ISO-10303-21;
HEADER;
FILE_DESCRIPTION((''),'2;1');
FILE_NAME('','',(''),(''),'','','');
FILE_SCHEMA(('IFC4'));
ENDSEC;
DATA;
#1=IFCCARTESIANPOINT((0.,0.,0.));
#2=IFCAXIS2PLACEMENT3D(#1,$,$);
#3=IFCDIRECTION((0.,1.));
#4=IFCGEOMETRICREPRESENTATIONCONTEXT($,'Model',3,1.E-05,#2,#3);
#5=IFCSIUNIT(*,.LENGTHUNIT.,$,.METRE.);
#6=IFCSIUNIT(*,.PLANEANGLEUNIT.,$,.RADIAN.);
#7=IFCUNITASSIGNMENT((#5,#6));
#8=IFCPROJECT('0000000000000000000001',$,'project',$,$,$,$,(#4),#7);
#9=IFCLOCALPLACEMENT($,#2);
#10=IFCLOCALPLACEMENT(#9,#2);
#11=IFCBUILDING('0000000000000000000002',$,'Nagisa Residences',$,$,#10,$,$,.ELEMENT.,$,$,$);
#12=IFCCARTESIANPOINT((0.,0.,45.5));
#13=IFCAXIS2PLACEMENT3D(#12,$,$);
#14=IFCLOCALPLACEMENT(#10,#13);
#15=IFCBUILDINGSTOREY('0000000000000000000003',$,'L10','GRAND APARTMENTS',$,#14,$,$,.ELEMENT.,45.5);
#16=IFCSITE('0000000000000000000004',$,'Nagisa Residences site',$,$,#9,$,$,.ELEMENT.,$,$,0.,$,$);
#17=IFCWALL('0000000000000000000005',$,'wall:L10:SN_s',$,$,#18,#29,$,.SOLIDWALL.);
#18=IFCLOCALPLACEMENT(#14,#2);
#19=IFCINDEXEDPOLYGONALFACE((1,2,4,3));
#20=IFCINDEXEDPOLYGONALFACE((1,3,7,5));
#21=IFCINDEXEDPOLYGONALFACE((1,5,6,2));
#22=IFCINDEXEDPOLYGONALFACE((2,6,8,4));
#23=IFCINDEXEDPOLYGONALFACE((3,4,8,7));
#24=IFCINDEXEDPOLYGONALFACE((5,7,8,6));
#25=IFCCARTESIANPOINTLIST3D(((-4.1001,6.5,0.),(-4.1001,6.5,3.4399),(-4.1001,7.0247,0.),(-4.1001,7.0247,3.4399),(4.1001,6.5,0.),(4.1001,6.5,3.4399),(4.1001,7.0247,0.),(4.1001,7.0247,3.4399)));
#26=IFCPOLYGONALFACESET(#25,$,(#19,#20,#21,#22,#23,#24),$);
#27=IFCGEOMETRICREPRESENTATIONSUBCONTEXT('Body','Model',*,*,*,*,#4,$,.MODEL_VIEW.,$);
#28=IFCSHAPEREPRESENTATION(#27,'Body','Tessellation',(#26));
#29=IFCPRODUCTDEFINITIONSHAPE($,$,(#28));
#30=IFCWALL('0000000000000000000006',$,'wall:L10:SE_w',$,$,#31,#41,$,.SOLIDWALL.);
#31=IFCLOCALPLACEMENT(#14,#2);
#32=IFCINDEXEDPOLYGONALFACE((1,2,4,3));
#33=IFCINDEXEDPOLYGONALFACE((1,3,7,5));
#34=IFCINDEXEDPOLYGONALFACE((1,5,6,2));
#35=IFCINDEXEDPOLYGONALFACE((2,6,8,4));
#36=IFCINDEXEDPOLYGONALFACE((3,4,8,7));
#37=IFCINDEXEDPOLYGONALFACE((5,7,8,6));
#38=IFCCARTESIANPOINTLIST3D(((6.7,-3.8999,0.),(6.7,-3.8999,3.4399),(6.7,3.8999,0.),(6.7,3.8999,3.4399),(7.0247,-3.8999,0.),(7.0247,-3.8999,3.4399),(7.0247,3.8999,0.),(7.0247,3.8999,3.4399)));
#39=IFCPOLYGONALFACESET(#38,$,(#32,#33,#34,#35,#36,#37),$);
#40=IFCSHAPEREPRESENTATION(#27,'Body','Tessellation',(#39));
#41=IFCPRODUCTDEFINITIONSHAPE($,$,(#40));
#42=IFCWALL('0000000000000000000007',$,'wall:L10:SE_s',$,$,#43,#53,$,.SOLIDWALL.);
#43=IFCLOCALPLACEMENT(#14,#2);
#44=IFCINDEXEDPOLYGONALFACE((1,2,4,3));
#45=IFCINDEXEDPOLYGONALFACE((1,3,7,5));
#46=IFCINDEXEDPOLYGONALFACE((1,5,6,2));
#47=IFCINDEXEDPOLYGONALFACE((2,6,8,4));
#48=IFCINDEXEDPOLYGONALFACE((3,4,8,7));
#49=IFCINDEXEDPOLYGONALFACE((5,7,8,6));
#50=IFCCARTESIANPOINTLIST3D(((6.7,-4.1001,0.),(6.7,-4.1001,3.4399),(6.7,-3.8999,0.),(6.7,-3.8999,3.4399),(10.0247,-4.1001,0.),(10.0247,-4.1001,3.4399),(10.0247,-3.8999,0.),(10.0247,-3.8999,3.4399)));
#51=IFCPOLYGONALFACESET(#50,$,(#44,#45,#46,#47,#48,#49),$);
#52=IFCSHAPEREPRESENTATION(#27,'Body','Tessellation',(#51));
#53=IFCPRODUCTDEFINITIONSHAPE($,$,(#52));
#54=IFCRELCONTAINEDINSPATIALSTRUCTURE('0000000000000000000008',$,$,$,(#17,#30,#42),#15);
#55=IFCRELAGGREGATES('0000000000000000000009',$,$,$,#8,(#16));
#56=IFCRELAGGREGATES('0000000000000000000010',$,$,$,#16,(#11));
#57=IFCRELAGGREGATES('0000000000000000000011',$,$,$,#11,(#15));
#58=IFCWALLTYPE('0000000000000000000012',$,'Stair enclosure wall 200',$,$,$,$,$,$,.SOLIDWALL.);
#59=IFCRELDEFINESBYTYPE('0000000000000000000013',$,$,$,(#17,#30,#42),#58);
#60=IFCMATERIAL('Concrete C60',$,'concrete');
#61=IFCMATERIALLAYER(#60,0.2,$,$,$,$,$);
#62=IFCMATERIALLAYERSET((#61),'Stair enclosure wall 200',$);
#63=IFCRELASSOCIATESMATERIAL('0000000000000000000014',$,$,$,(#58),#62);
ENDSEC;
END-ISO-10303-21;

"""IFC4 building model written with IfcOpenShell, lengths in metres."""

from ifc_helpers import new_model, si_unit, direction, frame, origin, place, context, subcontext, project, spatial, polyline, outline, extrude, material, layer, layer_set, type_object, element, save


model = new_model("IFC4")

# Units and contexts
model_context = context("Model", 3, precision=1e-05, world=origin(), true_north=direction((0.0, 1.0)))
body_context = subcontext(model_context, "Body", "Model", "MODEL_VIEW")
ifc_project = project(units=[si_unit("LENGTHUNIT", "METRE"), si_unit("PLANEANGLEUNIT", "RADIAN")], contexts=[model_context])

# Site, building, storey
site_placement = place(None, origin())
site = spatial("IfcSite", under=ifc_project, at=site_placement, Name="Nagisa Residences site", CompositionType="ELEMENT", RefElevation=0.0)
building_placement = place(site_placement, origin())
building = spatial("IfcBuilding", under=site, at=building_placement, Name="Nagisa Residences", CompositionType="ELEMENT")
storey_placement = place(building_placement, frame((0.0, 0.0, 45.5)))
storey = spatial("IfcBuildingStorey", under=building, at=storey_placement, Name="L10", Description="GRAND APARTMENTS", CompositionType="ELEMENT", Elevation=45.5)

# Walls
ifc_material_1 = material(Name="Concrete C60", Category="concrete")
ifc_layer_1 = layer(ifc_material_1, 0.2)
ifc_layer_set_1 = layer_set([ifc_layer_1], Name="Stair enclosure wall 200")
wall_type_1 = type_object("IfcWallType", Name="Stair enclosure wall 200", PredefinedType="SOLIDWALL", material=ifc_layer_set_1)
wall_1_placement = place(storey_placement, origin())
element("IfcWall", 1, at=wall_1_placement, inside=storey, type_object=wall_type_1, Name="wall:L10:SN_s", PredefinedType="SOLIDWALL", context=body_context, shape_type="SweptSolid", body=[
    extrude(outline(polyline([(4.1001, 6.5), (-4.1001, 6.5), (-4.1001, 7.0247), (4.1001, 7.0247), (4.1001, 6.5)])), origin(), (0.0, 0.0, 1.0), 3.4399),
])
wall_2_placement = place(storey_placement, origin())
element("IfcWall", 2, at=wall_2_placement, inside=storey, type_object=wall_type_1, Name="wall:L10:SE_w", PredefinedType="SOLIDWALL", context=body_context, shape_type="SweptSolid", body=[
    extrude(outline(polyline([(7.0247, -3.8999), (6.7, -3.8999), (6.7, 3.8999), (7.0247, 3.8999), (7.0247, -3.8999)])), origin(), (0.0, 0.0, 1.0), 3.4399),
])
wall_3_placement = place(storey_placement, origin())
element("IfcWall", 3, at=wall_3_placement, inside=storey, type_object=wall_type_1, Name="wall:L10:SE_s", PredefinedType="SOLIDWALL", context=body_context, shape_type="SweptSolid", body=[
    extrude(outline(polyline([(10.0247, -4.1001), (6.7, -4.1001), (6.7, -3.8999), (10.0247, -3.8999), (10.0247, -4.1001)])), origin(), (0.0, 0.0, 1.0), 3.4399),
])

save(model, "model.ifc")
